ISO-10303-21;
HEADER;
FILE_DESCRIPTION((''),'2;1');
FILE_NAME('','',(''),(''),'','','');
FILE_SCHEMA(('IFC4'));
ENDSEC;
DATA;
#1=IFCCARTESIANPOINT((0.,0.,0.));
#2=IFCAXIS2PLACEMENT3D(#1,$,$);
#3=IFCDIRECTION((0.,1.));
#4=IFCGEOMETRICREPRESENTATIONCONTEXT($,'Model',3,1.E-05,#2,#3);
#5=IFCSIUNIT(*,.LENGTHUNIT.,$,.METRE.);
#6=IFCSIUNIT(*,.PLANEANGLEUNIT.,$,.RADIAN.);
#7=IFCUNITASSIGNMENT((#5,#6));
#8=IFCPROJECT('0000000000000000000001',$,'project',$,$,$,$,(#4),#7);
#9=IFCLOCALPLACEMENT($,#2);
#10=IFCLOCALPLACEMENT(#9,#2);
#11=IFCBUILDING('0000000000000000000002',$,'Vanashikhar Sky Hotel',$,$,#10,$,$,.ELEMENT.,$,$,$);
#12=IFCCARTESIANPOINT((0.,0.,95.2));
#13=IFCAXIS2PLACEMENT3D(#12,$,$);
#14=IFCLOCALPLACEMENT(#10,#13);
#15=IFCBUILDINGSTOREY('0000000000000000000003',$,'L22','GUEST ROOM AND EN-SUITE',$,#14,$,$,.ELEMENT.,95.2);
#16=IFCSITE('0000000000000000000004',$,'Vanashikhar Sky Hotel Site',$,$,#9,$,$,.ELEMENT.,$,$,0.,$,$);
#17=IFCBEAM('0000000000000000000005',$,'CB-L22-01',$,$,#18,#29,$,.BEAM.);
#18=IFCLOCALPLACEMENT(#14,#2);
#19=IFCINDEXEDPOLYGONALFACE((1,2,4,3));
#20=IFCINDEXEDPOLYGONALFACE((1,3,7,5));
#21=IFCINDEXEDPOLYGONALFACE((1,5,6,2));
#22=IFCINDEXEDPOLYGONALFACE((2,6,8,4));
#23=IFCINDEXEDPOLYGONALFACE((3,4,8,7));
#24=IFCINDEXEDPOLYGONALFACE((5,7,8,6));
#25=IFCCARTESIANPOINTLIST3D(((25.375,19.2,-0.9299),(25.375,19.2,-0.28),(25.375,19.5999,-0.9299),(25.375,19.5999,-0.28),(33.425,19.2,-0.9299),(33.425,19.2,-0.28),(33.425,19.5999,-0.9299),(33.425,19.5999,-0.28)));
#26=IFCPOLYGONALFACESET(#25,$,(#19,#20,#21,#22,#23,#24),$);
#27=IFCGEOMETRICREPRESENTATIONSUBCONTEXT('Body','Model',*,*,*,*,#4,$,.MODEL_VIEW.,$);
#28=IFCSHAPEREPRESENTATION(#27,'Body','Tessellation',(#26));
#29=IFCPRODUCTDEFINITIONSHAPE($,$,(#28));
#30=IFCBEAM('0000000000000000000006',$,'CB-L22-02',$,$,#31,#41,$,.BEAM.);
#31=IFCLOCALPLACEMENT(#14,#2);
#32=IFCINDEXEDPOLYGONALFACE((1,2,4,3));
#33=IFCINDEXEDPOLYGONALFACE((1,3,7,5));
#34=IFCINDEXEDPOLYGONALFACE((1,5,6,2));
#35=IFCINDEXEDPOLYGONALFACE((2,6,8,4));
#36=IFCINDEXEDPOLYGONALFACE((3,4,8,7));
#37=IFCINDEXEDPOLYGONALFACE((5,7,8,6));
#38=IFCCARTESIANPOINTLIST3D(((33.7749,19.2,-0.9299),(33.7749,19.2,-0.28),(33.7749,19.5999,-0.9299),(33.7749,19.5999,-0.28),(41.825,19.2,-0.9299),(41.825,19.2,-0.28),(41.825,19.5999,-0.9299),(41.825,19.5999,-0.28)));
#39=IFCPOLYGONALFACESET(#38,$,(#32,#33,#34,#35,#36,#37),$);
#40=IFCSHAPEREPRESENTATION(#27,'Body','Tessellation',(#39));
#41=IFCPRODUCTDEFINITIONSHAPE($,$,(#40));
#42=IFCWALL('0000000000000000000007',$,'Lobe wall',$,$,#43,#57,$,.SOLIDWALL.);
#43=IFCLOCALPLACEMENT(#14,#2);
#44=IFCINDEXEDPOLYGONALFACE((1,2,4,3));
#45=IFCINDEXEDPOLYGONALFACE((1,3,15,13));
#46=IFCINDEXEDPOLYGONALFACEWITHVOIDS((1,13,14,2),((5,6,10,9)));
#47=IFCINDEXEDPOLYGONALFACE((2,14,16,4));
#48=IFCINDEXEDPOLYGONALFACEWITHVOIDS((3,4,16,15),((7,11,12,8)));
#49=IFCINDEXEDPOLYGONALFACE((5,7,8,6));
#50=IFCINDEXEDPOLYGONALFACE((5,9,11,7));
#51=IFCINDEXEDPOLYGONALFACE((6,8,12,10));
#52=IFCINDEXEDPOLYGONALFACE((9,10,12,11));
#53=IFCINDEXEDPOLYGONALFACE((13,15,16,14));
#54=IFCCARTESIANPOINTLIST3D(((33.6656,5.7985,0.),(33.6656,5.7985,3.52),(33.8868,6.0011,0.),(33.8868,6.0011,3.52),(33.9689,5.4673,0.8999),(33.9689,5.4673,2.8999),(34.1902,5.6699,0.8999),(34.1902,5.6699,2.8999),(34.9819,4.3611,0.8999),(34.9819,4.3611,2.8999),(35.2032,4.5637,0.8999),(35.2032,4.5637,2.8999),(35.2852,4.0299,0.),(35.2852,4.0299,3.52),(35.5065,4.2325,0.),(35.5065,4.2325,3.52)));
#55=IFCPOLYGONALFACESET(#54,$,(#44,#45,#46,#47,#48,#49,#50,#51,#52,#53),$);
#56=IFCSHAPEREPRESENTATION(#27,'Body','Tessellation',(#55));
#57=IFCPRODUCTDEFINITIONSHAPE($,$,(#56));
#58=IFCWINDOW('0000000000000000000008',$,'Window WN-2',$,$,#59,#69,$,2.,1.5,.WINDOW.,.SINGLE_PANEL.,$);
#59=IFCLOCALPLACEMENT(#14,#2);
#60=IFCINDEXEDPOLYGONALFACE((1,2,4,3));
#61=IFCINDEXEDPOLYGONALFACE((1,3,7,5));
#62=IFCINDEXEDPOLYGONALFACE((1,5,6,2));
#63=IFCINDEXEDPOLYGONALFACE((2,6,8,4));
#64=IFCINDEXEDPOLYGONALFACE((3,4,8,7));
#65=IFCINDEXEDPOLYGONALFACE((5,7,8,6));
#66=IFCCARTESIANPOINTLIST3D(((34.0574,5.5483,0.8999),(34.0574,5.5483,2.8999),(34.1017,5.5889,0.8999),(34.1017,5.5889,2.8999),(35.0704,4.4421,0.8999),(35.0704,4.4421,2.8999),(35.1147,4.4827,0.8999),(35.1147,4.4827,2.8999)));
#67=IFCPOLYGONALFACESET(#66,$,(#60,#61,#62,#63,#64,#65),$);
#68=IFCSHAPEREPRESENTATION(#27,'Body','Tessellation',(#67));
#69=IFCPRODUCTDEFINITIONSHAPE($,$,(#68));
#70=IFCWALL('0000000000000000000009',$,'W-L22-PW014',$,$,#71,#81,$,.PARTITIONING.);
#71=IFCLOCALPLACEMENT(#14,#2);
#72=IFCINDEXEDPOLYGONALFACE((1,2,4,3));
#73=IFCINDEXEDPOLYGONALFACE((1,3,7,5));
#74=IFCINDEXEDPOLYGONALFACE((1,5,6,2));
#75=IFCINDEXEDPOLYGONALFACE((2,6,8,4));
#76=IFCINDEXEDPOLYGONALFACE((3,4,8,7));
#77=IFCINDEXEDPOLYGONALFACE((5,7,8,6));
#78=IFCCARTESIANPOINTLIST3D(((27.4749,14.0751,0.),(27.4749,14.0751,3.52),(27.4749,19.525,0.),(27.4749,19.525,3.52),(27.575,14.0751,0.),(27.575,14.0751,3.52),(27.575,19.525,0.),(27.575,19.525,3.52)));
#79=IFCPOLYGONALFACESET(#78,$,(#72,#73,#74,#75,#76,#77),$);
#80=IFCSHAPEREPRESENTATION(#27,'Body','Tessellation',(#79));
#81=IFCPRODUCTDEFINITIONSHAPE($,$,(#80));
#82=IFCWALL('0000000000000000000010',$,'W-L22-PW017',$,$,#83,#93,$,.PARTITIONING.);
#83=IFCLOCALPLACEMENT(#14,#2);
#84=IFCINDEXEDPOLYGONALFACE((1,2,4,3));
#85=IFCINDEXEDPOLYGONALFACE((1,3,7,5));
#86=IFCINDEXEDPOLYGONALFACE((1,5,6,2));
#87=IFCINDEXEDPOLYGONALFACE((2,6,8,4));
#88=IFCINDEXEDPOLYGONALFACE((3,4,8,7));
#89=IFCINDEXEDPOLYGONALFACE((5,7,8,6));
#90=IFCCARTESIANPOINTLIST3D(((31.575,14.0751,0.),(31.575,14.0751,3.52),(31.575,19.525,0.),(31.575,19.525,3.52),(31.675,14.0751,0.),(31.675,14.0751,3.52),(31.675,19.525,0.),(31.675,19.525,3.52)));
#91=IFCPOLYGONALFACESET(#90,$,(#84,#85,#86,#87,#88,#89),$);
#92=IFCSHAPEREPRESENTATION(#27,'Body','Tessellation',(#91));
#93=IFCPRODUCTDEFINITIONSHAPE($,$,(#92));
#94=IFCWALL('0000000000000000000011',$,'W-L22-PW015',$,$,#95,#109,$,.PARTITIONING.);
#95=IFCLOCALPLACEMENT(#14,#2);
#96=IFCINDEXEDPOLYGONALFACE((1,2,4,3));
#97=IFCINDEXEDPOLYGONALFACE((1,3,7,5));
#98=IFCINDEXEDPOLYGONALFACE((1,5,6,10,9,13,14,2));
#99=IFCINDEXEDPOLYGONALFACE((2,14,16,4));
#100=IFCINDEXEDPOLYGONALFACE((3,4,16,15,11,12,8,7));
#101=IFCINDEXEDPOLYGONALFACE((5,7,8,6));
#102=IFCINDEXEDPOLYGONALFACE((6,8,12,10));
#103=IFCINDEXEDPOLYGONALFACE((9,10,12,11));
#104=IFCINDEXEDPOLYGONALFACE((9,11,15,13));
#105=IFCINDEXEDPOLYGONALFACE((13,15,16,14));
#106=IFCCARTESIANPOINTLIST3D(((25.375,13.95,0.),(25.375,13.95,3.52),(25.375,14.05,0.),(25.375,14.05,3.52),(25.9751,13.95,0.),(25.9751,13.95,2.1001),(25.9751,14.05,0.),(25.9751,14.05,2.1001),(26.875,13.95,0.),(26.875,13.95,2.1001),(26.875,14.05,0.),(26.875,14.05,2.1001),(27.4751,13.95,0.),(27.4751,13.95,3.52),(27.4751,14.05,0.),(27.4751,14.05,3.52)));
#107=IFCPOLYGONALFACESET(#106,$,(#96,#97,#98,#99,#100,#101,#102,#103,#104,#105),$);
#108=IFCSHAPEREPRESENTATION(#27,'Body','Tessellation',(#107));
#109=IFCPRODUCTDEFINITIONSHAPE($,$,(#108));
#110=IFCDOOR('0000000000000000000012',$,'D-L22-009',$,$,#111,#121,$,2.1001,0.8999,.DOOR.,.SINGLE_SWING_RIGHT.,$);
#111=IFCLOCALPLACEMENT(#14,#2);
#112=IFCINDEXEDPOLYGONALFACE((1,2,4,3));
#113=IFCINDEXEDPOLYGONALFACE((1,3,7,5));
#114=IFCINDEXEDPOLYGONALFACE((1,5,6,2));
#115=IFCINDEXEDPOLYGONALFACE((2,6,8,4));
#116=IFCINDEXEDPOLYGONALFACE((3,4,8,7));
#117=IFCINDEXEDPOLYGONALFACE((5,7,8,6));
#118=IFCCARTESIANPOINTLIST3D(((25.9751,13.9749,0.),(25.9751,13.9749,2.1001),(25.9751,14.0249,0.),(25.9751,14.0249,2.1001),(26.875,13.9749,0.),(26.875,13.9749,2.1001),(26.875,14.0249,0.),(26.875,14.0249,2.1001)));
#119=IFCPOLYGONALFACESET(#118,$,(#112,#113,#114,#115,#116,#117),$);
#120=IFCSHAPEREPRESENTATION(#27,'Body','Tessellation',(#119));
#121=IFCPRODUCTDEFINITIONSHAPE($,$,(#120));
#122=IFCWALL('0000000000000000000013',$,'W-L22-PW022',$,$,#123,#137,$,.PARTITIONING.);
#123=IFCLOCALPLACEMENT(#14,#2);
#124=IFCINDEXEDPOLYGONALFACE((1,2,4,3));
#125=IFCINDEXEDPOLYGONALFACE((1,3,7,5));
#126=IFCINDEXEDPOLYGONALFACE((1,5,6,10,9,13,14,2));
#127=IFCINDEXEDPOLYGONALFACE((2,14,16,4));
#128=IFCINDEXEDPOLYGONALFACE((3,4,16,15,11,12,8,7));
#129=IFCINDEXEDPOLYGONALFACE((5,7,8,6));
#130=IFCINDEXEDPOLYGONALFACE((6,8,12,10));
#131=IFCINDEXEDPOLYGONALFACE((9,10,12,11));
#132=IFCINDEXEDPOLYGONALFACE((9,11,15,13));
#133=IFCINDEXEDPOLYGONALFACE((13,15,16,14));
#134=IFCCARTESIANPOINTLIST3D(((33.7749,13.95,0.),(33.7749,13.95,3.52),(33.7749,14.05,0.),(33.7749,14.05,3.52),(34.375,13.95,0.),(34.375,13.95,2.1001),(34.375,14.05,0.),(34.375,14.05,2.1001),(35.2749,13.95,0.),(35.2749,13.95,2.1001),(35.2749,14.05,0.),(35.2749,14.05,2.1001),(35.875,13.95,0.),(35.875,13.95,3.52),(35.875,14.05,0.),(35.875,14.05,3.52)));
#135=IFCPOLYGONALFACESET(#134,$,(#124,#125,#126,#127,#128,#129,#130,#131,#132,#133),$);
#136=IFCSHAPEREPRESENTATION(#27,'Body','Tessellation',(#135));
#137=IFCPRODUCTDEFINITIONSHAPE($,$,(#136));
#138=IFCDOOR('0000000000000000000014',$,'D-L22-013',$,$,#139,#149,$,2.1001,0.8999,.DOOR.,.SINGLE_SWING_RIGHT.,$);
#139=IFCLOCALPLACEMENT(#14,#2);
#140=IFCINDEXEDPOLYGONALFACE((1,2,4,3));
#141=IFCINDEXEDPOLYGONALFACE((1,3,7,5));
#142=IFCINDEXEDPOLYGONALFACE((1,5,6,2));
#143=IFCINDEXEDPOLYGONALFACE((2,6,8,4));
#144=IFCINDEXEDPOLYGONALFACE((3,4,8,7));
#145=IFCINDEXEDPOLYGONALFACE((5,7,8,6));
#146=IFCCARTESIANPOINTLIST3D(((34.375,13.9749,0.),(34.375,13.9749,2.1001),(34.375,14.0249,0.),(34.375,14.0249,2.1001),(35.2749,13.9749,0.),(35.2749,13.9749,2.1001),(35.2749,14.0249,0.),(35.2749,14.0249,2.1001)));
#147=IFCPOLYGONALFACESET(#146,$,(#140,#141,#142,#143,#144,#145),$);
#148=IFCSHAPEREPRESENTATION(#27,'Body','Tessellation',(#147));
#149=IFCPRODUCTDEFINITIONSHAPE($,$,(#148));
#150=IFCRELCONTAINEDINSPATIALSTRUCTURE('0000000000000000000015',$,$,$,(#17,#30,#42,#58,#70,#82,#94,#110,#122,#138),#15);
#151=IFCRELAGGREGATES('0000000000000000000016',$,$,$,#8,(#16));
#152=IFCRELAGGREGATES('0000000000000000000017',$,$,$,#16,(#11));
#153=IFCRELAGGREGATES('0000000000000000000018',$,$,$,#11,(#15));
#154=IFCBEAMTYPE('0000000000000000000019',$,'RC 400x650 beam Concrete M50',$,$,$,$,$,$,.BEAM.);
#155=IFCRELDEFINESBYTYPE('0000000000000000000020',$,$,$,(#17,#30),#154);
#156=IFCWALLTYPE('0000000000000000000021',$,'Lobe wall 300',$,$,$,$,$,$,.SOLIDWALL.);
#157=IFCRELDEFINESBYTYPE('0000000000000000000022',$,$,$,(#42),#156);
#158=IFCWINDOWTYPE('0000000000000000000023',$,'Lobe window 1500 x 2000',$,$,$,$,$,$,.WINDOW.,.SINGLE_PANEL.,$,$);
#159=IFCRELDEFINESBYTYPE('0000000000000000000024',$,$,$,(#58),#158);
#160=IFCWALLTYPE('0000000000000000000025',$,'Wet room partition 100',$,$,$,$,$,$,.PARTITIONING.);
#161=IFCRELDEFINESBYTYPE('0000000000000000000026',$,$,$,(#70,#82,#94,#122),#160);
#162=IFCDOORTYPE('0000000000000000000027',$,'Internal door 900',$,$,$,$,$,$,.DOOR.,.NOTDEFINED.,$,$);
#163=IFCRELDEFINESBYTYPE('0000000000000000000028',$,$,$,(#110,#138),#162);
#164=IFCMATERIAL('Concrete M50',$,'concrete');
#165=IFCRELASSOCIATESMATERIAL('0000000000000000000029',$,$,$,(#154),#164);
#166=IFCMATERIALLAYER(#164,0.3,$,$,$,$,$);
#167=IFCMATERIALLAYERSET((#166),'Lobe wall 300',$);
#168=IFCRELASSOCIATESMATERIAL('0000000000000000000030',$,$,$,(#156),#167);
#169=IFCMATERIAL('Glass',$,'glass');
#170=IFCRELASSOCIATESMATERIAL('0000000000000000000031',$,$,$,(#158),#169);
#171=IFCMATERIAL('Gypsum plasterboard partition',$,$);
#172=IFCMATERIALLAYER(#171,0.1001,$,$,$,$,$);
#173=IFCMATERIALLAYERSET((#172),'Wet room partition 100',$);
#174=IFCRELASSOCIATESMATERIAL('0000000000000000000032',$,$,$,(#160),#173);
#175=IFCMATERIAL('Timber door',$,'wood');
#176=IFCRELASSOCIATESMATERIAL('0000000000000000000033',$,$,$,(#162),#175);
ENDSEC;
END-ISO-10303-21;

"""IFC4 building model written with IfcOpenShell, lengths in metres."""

from ifc_helpers import new_model, si_unit, direction, frame, frame_2d, origin, origin_2d, place, context, subcontext, project, spatial, rectangle, extrude, source, transform, mapped, material, layer, layer_set, material_profile, profile_set, type_object, element, fill, save


model = new_model("IFC4")

# Units and contexts
model_context = context("Model", 3, precision=1e-05, world=origin(), true_north=direction((0.0, 1.0)))
body_context = subcontext(model_context, "Body", "Model", "MODEL_VIEW")
ifc_project = project(units=[si_unit("LENGTHUNIT", "METRE"), si_unit("PLANEANGLEUNIT", "RADIAN")], contexts=[model_context])

# Site, building, storey
site_placement = place(None, origin())
site = spatial("IfcSite", under=ifc_project, at=site_placement, Name="Vanashikhar Sky Hotel Site", CompositionType="ELEMENT", RefElevation=0.0)
building_placement = place(site_placement, origin())
building = spatial("IfcBuilding", under=site, at=building_placement, Name="Vanashikhar Sky Hotel", CompositionType="ELEMENT")
storey_placement = place(building_placement, frame((0.0, 0.0, 95.2)))
storey = spatial("IfcBuildingStorey", under=building, at=storey_placement, Name="L22", Description="GUEST ROOM AND EN-SUITE", CompositionType="ELEMENT", Elevation=95.2)

# Beams
ifc_material_1 = material(Name="Concrete M50", Category="concrete")
ifc_material_profile = material_profile(ifc_material_1, rectangle(XDim=0.3999, YDim=0.6499, at=origin_2d()))
ifc_profile_set = profile_set([ifc_material_profile], Name="RC 400x650 beam Concrete M50")
beam_type = type_object("IfcBeamType", Name="RC 400x650 beam Concrete M50", PredefinedType="BEAM", material=ifc_profile_set)
shared_shape_1 = source(origin(), body_context, "Body", "SweptSolid", [
    extrude(rectangle(XDim=0.3999, YDim=0.6499, at=origin_2d()), origin(), (0.0, 0.0, 1.0), 8.05),
])
for number, where, z_axis, x_axis, name in (
    (1, (25.375, 19.3999, -0.605), (1.0, 0.0, 0.0), (0.0, 1.0, 0.0), "CB-L22-01"),
    (2, (33.7749, 19.3999, -0.605), (1.0, 0.0, 0.0), (0.0, 1.0, 0.0), "CB-L22-02"),
):
    element("IfcBeam", number, at=place(storey_placement, frame(where, z_axis=z_axis, x_axis=x_axis)), inside=storey, type_object=beam_type, Name=name, PredefinedType="BEAM", context=body_context, shape_type="MappedRepresentation", body=[
        mapped(shared_shape_1, transform((0.0, 0.0, 0.0), scale=1.0)),
    ])

# Wall, opening, window
ifc_layer_1 = layer(ifc_material_1, 0.3)
ifc_layer_set_1 = layer_set([ifc_layer_1], Name="Lobe wall 300")
wall_type_1 = type_object("IfcWallType", Name="Lobe wall 300", PredefinedType="SOLIDWALL", material=ifc_layer_set_1)
shared_shape_2 = source(origin(), body_context, "Body", "SweptSolid", [
    extrude(rectangle(XDim=2.3982, YDim=0.3, at=frame_2d((1.1992, 0.0))), origin(), (0.0, 0.0, 1.0), 3.52),
])
wall_1_placement = place(storey_placement, frame((33.7761, 5.8999, 0.0), z_axis=(0.0, 0.0, 1.0), x_axis=(0.675374, -0.737475, 0.0)))
wall_1 = element("IfcWall", 3, at=wall_1_placement, inside=storey, type_object=wall_type_1, Name="Lobe wall", PredefinedType="SOLIDWALL", context=body_context, shape_type="MappedRepresentation", body=[
    mapped(shared_shape_2, transform((0.0, 0.0, 0.0), scale=1.0)),
])
shared_shape_3 = source(origin(), body_context, "Body", "SweptSolid", [
    extrude(rectangle(XDim=1.5, YDim=2.0, at=frame_2d((0.75, 1.0))), frame((0.0, 0.1602, 0.0), z_axis=(0.0, -1.0, 0.0), x_axis=(1.0, 0.0, 0.0)), (0.0, 0.0, 1.0), 0.3201),
])
opening_1_placement = place(wall_1_placement, frame((0.4492, 0.0, 0.8999)))
opening_1 = element("IfcOpeningElement", 4, at=opening_1_placement, cuts=wall_1, PredefinedType="OPENING", context=body_context, shape_type="MappedRepresentation", body=[
    mapped(shared_shape_3, transform((0.0, 0.0, 0.0), scale=1.0)),
])
ifc_material_2 = material(Name="Glass", Category="glass")
window_type = type_object("IfcWindowType", Name="Lobe window 1500 x 2000", PartitioningType="SINGLE_PANEL", PredefinedType="WINDOW", material=ifc_material_2)
shared_shape_4 = source(origin(), body_context, "Body", "SweptSolid", [
    extrude(rectangle(XDim=1.5, YDim=2.0, at=frame_2d((0.75, 1.0))), frame((0.0, 0.03, 0.0), z_axis=(0.0, -1.0, 0.0), x_axis=(1.0, 0.0, 0.0)), (0.0, 0.0, 1.0), 0.0601),
])
window_placement = place(opening_1_placement, origin())
window = element("IfcWindow", 5, at=window_placement, inside=storey, type_object=window_type, Name="Window WN-2", OverallHeight=2.0, OverallWidth=1.5, PartitioningType="SINGLE_PANEL", PredefinedType="WINDOW", context=body_context, shape_type="MappedRepresentation", body=[
    mapped(shared_shape_4, transform((0.0, 0.0, 0.0), scale=1.0)),
])
fill(opening_1, window)

# Walls
ifc_material_3 = material(Name="Gypsum plasterboard partition")
ifc_layer_2 = layer(ifc_material_3, 0.1001)
ifc_layer_set_2 = layer_set([ifc_layer_2], Name="Wet room partition 100")
wall_type_2 = type_object("IfcWallType", Name="Wet room partition 100", PredefinedType="PARTITIONING", material=ifc_layer_set_2)
shared_shape_5 = source(origin(), body_context, "Body", "SweptSolid", [
    extrude(rectangle(XDim=5.45, YDim=0.1001, at=frame_2d((2.7251, 0.0))), origin(), (0.0, 0.0, 1.0), 3.52),
])
for number, where, z_axis, x_axis, name in (
    (6, (27.5249, 14.075, 0.0), (0.0, 0.0, 1.0), (0.0, 1.0, 0.0), "W-L22-PW014"),
    (7, (31.625, 14.075, 0.0), (0.0, 0.0, 1.0), (0.0, 1.0, 0.0), "W-L22-PW017"),
):
    element("IfcWall", number, at=place(storey_placement, frame(where, z_axis=z_axis, x_axis=x_axis)), inside=storey, type_object=wall_type_2, Name=name, PredefinedType="PARTITIONING", context=body_context, shape_type="MappedRepresentation", body=[
        mapped(shared_shape_5, transform((0.0, 0.0, 0.0), scale=1.0)),
    ])

# Walls, openings, doors
shared_shape_6 = source(origin(), body_context, "Body", "SweptSolid", [
    extrude(rectangle(XDim=2.1001, YDim=0.1001, at=frame_2d((1.05, 0.0))), origin(), (0.0, 0.0, 1.0), 3.52),
])
wall_2_placement = place(storey_placement, frame((25.375, 14.0, 0.0), z_axis=(0.0, 0.0, 1.0), x_axis=(1.0, 0.0, 0.0)))
wall_2 = element("IfcWall", 8, at=wall_2_placement, inside=storey, type_object=wall_type_2, Name="W-L22-PW015", PredefinedType="PARTITIONING", context=body_context, shape_type="MappedRepresentation", body=[
    mapped(shared_shape_6, transform((0.0, 0.0, 0.0), scale=1.0)),
])
shared_shape_7 = source(origin(), body_context, "Body", "SweptSolid", [
    extrude(rectangle(XDim=0.8999, YDim=2.1001, at=frame_2d((0.45, 1.05))), frame((0.0, 0.0601, 0.0), z_axis=(0.0, -1.0, 0.0), x_axis=(1.0, 0.0, 0.0)), (0.0, 0.0, 1.0), 0.1201),
])
opening_2_placement = place(wall_2_placement, frame((0.6001, 0.0, 0.0)))
opening_2 = element("IfcOpeningElement", 9, at=opening_2_placement, cuts=wall_2, PredefinedType="OPENING", context=body_context, shape_type="MappedRepresentation", body=[
    mapped(shared_shape_7, transform((0.0, 0.0, 0.0), scale=1.0)),
])
ifc_material_4 = material(Name="Timber door", Category="wood")
door_type_1 = type_object("IfcDoorType", Name="Internal door 900", OperationType="NOTDEFINED", PredefinedType="DOOR", material=ifc_material_4)
shared_shape_8 = source(origin(), body_context, "Body", "SweptSolid", [
    extrude(rectangle(XDim=0.8999, YDim=2.1001, at=frame_2d((0.45, 1.05))), frame((0.0, 0.0249, 0.0), z_axis=(0.0, -1.0, 0.0), x_axis=(1.0, 0.0, 0.0)), (0.0, 0.0, 1.0), 0.05),
])
door_1_placement = place(opening_2_placement, origin())
door_1 = element("IfcDoor", 10, at=door_1_placement, inside=storey, type_object=door_type_1, Name="D-L22-009", OperationType="SINGLE_SWING_RIGHT", OverallHeight=2.1001, OverallWidth=0.8999, PredefinedType="DOOR", context=body_context, shape_type="MappedRepresentation", body=[
    mapped(shared_shape_8, transform((0.0, 0.0, 0.0), scale=1.0)),
])
fill(opening_2, door_1)
wall_3_placement = place(storey_placement, frame((33.7749, 14.0, 0.0), z_axis=(0.0, 0.0, 1.0), x_axis=(1.0, 0.0, 0.0)))
wall_3 = element("IfcWall", 11, at=wall_3_placement, inside=storey, type_object=wall_type_2, Name="W-L22-PW022", PredefinedType="PARTITIONING", context=body_context, shape_type="MappedRepresentation", body=[
    mapped(shared_shape_6, transform((0.0, 0.0, 0.0), scale=1.0)),
])
opening_3_placement = place(wall_3_placement, frame((0.6001, 0.0, 0.0)))
opening_3 = element("IfcOpeningElement", 12, at=opening_3_placement, cuts=wall_3, PredefinedType="OPENING", context=body_context, shape_type="MappedRepresentation", body=[
    mapped(shared_shape_7, transform((0.0, 0.0, 0.0), scale=1.0)),
])
door_2_placement = place(opening_3_placement, origin())
door_2 = element("IfcDoor", 13, at=door_2_placement, inside=storey, type_object=door_type_1, Name="D-L22-013", OperationType="SINGLE_SWING_RIGHT", OverallHeight=2.1001, OverallWidth=0.8999, PredefinedType="DOOR", context=body_context, shape_type="MappedRepresentation", body=[
    mapped(shared_shape_8, transform((0.0, 0.0, 0.0), scale=1.0)),
])
fill(opening_3, door_2)

save(model, "model.ifc")
